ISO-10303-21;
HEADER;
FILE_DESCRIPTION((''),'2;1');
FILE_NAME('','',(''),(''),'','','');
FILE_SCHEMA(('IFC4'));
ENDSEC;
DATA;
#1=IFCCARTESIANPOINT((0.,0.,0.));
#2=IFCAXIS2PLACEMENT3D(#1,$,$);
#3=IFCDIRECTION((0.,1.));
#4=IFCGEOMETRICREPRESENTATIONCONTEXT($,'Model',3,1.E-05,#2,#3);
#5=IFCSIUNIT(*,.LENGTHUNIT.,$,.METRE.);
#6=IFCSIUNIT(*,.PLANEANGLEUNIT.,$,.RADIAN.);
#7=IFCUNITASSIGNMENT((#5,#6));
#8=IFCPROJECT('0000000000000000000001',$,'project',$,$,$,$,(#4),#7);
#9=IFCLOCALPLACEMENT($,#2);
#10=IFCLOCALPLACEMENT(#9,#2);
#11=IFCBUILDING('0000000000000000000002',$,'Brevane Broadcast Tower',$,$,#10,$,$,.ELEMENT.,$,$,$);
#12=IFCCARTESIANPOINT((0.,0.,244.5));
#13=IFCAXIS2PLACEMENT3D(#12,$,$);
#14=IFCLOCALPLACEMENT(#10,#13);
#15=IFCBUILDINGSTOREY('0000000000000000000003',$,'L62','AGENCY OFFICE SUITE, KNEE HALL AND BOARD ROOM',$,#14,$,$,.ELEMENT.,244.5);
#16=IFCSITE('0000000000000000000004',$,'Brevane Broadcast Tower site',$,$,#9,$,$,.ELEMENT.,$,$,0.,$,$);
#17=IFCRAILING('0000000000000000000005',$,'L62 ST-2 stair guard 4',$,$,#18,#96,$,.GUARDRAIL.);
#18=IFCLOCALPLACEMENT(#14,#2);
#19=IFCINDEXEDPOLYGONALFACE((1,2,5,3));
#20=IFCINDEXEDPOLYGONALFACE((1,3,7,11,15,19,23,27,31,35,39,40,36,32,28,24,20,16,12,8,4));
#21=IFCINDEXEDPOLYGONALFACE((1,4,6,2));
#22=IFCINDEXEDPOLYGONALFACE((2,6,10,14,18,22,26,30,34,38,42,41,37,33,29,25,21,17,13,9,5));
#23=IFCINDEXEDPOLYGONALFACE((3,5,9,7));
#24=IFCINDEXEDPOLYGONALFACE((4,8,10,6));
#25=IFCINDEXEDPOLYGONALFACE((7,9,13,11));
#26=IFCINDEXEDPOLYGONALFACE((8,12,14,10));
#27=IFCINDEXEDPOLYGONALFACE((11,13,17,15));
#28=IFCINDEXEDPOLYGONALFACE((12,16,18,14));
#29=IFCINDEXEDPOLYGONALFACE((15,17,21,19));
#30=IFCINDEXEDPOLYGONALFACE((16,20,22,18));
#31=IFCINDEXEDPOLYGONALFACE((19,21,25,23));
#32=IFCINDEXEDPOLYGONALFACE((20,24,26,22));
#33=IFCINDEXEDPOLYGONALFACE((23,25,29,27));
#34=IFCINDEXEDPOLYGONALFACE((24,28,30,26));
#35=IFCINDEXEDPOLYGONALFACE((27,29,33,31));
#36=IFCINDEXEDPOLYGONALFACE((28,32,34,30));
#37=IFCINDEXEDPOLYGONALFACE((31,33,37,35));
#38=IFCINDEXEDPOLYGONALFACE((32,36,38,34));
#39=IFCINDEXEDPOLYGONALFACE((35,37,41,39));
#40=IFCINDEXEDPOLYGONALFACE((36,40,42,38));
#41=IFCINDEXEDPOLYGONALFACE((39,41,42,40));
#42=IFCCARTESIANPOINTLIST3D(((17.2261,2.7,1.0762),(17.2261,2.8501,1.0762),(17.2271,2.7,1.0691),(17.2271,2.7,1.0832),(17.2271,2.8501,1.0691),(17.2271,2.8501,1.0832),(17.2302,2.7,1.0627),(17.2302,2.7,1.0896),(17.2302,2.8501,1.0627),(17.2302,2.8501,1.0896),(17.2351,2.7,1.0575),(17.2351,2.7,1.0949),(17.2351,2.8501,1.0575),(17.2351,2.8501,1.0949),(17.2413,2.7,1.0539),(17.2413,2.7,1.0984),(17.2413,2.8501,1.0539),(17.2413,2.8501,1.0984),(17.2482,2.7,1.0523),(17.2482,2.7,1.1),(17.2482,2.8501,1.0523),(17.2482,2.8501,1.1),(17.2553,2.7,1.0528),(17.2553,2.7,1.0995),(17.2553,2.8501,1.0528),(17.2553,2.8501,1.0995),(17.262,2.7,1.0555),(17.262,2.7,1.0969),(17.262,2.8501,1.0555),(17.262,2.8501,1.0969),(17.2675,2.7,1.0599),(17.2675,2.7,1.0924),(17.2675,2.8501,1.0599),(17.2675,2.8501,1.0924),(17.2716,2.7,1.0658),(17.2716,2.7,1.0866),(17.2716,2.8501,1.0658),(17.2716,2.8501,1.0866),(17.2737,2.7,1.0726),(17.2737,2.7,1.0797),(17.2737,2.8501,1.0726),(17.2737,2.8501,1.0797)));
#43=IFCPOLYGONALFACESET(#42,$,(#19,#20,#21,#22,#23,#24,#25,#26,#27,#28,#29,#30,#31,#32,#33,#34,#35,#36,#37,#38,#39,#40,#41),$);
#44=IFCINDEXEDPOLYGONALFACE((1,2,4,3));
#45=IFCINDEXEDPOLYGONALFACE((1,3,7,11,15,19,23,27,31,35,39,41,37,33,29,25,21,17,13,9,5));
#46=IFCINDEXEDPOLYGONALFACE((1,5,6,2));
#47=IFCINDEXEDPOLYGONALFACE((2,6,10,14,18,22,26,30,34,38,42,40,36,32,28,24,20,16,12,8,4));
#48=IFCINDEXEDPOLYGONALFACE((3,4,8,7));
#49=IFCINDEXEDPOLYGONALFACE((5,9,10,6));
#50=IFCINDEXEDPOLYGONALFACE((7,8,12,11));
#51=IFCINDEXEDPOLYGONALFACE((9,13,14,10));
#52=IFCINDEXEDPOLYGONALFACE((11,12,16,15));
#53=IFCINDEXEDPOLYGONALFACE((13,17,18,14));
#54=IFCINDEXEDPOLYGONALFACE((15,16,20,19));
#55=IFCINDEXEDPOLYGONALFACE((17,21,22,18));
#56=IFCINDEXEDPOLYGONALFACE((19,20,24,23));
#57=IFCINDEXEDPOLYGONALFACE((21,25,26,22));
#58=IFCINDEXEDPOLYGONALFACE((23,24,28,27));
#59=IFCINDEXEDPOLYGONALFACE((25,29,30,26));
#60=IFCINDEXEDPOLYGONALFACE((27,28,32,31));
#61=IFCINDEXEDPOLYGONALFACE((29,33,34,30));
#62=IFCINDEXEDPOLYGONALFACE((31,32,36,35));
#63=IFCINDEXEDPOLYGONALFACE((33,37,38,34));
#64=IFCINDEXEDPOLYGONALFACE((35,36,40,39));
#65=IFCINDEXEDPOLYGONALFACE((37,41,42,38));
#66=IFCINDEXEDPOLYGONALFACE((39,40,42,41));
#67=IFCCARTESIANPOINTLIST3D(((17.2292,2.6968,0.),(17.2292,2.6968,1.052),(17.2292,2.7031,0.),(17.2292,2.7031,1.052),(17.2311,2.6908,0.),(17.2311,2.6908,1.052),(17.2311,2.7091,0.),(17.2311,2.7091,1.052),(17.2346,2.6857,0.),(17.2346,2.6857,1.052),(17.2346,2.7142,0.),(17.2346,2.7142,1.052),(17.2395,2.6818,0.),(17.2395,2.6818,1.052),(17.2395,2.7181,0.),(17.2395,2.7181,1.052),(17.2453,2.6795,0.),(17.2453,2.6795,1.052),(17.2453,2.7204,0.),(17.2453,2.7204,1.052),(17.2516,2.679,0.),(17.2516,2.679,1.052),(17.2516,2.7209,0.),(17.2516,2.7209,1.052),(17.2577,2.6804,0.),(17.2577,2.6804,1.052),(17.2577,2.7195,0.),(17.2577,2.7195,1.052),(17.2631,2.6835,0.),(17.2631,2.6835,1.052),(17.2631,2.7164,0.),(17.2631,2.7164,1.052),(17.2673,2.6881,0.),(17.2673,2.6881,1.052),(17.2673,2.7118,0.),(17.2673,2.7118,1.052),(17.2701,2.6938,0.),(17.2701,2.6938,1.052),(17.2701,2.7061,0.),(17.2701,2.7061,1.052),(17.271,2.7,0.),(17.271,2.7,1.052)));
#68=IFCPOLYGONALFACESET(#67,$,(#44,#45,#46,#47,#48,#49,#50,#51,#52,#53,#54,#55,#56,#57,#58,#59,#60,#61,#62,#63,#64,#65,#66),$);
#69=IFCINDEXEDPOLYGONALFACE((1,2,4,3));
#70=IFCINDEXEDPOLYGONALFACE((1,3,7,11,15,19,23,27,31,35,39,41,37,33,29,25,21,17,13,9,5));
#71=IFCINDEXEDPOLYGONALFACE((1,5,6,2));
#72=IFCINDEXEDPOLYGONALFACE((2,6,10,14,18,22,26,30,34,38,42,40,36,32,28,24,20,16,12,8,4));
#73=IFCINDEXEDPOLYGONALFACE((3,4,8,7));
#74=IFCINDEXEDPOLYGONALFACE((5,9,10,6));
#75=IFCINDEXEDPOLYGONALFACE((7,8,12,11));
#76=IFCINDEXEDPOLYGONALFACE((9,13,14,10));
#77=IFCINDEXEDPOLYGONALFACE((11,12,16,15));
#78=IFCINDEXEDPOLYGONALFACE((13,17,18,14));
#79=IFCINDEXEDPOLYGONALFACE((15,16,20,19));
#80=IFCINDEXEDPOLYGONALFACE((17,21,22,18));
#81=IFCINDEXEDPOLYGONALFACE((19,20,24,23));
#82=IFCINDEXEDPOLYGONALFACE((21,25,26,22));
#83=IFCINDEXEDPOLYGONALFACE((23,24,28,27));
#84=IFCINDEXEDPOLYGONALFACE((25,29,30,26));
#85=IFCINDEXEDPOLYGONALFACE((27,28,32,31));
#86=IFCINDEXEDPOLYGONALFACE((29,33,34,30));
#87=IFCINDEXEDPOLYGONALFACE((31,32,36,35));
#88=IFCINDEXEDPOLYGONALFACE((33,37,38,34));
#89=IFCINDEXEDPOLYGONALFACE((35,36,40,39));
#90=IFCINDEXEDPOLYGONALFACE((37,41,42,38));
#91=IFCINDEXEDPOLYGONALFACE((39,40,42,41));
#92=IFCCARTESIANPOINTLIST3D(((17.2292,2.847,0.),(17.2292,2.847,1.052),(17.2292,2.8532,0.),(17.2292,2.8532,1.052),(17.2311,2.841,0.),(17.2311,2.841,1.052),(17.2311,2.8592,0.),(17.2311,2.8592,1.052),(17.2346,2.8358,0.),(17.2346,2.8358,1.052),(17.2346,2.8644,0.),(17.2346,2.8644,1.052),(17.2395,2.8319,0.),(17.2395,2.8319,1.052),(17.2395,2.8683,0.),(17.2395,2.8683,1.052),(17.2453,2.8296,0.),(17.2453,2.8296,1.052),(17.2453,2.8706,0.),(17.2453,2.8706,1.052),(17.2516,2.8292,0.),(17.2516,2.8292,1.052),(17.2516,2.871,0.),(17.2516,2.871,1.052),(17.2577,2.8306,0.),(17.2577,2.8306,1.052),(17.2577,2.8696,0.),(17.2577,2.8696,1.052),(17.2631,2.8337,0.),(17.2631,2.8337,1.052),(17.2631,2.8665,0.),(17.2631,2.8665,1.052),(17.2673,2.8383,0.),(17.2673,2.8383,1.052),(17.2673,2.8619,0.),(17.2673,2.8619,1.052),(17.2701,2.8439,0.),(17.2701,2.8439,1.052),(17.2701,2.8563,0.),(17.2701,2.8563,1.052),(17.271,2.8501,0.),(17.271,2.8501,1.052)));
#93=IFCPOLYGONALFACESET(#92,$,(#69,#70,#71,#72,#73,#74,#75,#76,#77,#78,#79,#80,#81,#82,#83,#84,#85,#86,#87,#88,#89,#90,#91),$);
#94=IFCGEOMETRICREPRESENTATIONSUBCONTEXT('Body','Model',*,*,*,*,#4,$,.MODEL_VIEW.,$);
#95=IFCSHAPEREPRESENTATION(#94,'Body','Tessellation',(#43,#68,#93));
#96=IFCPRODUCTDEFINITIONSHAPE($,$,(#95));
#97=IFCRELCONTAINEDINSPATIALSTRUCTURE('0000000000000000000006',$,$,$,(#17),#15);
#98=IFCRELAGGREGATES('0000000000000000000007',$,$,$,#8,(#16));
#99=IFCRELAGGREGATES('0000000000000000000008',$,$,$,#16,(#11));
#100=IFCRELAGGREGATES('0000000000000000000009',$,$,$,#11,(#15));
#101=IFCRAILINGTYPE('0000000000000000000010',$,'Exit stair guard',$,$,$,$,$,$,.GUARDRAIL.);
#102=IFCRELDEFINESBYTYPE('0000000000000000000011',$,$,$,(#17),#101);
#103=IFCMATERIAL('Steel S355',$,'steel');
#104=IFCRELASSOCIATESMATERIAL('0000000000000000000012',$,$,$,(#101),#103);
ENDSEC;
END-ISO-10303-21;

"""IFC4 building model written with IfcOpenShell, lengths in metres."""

from ifc_helpers import new_model, si_unit, direction, frame, origin, origin_2d, place, context, subcontext, project, spatial, circle, extrude, material, type_object, element, save


model = new_model("IFC4")

# Units and contexts
model_context = context("Model", 3, precision=1e-05, world=origin(), true_north=direction((0.0, 1.0)))
body_context = subcontext(model_context, "Body", "Model", "MODEL_VIEW")
ifc_project = project(units=[si_unit("LENGTHUNIT", "METRE"), si_unit("PLANEANGLEUNIT", "RADIAN")], contexts=[model_context])

# Site, building, storey
site_placement = place(None, origin())
site = spatial("IfcSite", under=ifc_project, at=site_placement, Name="Brevane Broadcast Tower site", CompositionType="ELEMENT", RefElevation=0.0)
building_placement = place(site_placement, origin())
building = spatial("IfcBuilding", under=site, at=building_placement, Name="Brevane Broadcast Tower", CompositionType="ELEMENT")
storey_placement = place(building_placement, frame((0.0, 0.0, 244.5)))
storey = spatial("IfcBuildingStorey", under=building, at=storey_placement, Name="L62", Description="AGENCY OFFICE SUITE, KNEE HALL AND BOARD ROOM", CompositionType="ELEMENT", Elevation=244.5)

# Railing
ifc_material_1 = material(Name="Steel S355", Category="steel")
railing_type_1 = type_object("IfcRailingType", Name="Exit stair guard", PredefinedType="GUARDRAIL", material=ifc_material_1)
railing_1_placement = place(storey_placement, frame((17.25, 2.7, 0.0)))
element("IfcRailing", 1, at=railing_1_placement, inside=storey, type_object=railing_type_1, Name="L62 ST-2 stair guard 4", PredefinedType="GUARDRAIL", context=body_context, shape_type="SweptSolid", body=[
    extrude(circle(Radius=0.0239, at=origin_2d()), frame((0.0, 0.0, 1.0762), z_axis=(0.0, 1.0, 0.0), x_axis=(-1.0, 0.0, 0.0)), (0.0, 0.0, 1.0), 0.1501),
    extrude(circle(Radius=0.021, at=origin_2d()), origin(), (0.0, 0.0, 1.0), 1.052),
    extrude(circle(Radius=0.021, at=origin_2d()), frame((0.0, 0.1501, 0.0)), (0.0, 0.0, 1.0), 1.052),
])

save(model, "model.ifc")
